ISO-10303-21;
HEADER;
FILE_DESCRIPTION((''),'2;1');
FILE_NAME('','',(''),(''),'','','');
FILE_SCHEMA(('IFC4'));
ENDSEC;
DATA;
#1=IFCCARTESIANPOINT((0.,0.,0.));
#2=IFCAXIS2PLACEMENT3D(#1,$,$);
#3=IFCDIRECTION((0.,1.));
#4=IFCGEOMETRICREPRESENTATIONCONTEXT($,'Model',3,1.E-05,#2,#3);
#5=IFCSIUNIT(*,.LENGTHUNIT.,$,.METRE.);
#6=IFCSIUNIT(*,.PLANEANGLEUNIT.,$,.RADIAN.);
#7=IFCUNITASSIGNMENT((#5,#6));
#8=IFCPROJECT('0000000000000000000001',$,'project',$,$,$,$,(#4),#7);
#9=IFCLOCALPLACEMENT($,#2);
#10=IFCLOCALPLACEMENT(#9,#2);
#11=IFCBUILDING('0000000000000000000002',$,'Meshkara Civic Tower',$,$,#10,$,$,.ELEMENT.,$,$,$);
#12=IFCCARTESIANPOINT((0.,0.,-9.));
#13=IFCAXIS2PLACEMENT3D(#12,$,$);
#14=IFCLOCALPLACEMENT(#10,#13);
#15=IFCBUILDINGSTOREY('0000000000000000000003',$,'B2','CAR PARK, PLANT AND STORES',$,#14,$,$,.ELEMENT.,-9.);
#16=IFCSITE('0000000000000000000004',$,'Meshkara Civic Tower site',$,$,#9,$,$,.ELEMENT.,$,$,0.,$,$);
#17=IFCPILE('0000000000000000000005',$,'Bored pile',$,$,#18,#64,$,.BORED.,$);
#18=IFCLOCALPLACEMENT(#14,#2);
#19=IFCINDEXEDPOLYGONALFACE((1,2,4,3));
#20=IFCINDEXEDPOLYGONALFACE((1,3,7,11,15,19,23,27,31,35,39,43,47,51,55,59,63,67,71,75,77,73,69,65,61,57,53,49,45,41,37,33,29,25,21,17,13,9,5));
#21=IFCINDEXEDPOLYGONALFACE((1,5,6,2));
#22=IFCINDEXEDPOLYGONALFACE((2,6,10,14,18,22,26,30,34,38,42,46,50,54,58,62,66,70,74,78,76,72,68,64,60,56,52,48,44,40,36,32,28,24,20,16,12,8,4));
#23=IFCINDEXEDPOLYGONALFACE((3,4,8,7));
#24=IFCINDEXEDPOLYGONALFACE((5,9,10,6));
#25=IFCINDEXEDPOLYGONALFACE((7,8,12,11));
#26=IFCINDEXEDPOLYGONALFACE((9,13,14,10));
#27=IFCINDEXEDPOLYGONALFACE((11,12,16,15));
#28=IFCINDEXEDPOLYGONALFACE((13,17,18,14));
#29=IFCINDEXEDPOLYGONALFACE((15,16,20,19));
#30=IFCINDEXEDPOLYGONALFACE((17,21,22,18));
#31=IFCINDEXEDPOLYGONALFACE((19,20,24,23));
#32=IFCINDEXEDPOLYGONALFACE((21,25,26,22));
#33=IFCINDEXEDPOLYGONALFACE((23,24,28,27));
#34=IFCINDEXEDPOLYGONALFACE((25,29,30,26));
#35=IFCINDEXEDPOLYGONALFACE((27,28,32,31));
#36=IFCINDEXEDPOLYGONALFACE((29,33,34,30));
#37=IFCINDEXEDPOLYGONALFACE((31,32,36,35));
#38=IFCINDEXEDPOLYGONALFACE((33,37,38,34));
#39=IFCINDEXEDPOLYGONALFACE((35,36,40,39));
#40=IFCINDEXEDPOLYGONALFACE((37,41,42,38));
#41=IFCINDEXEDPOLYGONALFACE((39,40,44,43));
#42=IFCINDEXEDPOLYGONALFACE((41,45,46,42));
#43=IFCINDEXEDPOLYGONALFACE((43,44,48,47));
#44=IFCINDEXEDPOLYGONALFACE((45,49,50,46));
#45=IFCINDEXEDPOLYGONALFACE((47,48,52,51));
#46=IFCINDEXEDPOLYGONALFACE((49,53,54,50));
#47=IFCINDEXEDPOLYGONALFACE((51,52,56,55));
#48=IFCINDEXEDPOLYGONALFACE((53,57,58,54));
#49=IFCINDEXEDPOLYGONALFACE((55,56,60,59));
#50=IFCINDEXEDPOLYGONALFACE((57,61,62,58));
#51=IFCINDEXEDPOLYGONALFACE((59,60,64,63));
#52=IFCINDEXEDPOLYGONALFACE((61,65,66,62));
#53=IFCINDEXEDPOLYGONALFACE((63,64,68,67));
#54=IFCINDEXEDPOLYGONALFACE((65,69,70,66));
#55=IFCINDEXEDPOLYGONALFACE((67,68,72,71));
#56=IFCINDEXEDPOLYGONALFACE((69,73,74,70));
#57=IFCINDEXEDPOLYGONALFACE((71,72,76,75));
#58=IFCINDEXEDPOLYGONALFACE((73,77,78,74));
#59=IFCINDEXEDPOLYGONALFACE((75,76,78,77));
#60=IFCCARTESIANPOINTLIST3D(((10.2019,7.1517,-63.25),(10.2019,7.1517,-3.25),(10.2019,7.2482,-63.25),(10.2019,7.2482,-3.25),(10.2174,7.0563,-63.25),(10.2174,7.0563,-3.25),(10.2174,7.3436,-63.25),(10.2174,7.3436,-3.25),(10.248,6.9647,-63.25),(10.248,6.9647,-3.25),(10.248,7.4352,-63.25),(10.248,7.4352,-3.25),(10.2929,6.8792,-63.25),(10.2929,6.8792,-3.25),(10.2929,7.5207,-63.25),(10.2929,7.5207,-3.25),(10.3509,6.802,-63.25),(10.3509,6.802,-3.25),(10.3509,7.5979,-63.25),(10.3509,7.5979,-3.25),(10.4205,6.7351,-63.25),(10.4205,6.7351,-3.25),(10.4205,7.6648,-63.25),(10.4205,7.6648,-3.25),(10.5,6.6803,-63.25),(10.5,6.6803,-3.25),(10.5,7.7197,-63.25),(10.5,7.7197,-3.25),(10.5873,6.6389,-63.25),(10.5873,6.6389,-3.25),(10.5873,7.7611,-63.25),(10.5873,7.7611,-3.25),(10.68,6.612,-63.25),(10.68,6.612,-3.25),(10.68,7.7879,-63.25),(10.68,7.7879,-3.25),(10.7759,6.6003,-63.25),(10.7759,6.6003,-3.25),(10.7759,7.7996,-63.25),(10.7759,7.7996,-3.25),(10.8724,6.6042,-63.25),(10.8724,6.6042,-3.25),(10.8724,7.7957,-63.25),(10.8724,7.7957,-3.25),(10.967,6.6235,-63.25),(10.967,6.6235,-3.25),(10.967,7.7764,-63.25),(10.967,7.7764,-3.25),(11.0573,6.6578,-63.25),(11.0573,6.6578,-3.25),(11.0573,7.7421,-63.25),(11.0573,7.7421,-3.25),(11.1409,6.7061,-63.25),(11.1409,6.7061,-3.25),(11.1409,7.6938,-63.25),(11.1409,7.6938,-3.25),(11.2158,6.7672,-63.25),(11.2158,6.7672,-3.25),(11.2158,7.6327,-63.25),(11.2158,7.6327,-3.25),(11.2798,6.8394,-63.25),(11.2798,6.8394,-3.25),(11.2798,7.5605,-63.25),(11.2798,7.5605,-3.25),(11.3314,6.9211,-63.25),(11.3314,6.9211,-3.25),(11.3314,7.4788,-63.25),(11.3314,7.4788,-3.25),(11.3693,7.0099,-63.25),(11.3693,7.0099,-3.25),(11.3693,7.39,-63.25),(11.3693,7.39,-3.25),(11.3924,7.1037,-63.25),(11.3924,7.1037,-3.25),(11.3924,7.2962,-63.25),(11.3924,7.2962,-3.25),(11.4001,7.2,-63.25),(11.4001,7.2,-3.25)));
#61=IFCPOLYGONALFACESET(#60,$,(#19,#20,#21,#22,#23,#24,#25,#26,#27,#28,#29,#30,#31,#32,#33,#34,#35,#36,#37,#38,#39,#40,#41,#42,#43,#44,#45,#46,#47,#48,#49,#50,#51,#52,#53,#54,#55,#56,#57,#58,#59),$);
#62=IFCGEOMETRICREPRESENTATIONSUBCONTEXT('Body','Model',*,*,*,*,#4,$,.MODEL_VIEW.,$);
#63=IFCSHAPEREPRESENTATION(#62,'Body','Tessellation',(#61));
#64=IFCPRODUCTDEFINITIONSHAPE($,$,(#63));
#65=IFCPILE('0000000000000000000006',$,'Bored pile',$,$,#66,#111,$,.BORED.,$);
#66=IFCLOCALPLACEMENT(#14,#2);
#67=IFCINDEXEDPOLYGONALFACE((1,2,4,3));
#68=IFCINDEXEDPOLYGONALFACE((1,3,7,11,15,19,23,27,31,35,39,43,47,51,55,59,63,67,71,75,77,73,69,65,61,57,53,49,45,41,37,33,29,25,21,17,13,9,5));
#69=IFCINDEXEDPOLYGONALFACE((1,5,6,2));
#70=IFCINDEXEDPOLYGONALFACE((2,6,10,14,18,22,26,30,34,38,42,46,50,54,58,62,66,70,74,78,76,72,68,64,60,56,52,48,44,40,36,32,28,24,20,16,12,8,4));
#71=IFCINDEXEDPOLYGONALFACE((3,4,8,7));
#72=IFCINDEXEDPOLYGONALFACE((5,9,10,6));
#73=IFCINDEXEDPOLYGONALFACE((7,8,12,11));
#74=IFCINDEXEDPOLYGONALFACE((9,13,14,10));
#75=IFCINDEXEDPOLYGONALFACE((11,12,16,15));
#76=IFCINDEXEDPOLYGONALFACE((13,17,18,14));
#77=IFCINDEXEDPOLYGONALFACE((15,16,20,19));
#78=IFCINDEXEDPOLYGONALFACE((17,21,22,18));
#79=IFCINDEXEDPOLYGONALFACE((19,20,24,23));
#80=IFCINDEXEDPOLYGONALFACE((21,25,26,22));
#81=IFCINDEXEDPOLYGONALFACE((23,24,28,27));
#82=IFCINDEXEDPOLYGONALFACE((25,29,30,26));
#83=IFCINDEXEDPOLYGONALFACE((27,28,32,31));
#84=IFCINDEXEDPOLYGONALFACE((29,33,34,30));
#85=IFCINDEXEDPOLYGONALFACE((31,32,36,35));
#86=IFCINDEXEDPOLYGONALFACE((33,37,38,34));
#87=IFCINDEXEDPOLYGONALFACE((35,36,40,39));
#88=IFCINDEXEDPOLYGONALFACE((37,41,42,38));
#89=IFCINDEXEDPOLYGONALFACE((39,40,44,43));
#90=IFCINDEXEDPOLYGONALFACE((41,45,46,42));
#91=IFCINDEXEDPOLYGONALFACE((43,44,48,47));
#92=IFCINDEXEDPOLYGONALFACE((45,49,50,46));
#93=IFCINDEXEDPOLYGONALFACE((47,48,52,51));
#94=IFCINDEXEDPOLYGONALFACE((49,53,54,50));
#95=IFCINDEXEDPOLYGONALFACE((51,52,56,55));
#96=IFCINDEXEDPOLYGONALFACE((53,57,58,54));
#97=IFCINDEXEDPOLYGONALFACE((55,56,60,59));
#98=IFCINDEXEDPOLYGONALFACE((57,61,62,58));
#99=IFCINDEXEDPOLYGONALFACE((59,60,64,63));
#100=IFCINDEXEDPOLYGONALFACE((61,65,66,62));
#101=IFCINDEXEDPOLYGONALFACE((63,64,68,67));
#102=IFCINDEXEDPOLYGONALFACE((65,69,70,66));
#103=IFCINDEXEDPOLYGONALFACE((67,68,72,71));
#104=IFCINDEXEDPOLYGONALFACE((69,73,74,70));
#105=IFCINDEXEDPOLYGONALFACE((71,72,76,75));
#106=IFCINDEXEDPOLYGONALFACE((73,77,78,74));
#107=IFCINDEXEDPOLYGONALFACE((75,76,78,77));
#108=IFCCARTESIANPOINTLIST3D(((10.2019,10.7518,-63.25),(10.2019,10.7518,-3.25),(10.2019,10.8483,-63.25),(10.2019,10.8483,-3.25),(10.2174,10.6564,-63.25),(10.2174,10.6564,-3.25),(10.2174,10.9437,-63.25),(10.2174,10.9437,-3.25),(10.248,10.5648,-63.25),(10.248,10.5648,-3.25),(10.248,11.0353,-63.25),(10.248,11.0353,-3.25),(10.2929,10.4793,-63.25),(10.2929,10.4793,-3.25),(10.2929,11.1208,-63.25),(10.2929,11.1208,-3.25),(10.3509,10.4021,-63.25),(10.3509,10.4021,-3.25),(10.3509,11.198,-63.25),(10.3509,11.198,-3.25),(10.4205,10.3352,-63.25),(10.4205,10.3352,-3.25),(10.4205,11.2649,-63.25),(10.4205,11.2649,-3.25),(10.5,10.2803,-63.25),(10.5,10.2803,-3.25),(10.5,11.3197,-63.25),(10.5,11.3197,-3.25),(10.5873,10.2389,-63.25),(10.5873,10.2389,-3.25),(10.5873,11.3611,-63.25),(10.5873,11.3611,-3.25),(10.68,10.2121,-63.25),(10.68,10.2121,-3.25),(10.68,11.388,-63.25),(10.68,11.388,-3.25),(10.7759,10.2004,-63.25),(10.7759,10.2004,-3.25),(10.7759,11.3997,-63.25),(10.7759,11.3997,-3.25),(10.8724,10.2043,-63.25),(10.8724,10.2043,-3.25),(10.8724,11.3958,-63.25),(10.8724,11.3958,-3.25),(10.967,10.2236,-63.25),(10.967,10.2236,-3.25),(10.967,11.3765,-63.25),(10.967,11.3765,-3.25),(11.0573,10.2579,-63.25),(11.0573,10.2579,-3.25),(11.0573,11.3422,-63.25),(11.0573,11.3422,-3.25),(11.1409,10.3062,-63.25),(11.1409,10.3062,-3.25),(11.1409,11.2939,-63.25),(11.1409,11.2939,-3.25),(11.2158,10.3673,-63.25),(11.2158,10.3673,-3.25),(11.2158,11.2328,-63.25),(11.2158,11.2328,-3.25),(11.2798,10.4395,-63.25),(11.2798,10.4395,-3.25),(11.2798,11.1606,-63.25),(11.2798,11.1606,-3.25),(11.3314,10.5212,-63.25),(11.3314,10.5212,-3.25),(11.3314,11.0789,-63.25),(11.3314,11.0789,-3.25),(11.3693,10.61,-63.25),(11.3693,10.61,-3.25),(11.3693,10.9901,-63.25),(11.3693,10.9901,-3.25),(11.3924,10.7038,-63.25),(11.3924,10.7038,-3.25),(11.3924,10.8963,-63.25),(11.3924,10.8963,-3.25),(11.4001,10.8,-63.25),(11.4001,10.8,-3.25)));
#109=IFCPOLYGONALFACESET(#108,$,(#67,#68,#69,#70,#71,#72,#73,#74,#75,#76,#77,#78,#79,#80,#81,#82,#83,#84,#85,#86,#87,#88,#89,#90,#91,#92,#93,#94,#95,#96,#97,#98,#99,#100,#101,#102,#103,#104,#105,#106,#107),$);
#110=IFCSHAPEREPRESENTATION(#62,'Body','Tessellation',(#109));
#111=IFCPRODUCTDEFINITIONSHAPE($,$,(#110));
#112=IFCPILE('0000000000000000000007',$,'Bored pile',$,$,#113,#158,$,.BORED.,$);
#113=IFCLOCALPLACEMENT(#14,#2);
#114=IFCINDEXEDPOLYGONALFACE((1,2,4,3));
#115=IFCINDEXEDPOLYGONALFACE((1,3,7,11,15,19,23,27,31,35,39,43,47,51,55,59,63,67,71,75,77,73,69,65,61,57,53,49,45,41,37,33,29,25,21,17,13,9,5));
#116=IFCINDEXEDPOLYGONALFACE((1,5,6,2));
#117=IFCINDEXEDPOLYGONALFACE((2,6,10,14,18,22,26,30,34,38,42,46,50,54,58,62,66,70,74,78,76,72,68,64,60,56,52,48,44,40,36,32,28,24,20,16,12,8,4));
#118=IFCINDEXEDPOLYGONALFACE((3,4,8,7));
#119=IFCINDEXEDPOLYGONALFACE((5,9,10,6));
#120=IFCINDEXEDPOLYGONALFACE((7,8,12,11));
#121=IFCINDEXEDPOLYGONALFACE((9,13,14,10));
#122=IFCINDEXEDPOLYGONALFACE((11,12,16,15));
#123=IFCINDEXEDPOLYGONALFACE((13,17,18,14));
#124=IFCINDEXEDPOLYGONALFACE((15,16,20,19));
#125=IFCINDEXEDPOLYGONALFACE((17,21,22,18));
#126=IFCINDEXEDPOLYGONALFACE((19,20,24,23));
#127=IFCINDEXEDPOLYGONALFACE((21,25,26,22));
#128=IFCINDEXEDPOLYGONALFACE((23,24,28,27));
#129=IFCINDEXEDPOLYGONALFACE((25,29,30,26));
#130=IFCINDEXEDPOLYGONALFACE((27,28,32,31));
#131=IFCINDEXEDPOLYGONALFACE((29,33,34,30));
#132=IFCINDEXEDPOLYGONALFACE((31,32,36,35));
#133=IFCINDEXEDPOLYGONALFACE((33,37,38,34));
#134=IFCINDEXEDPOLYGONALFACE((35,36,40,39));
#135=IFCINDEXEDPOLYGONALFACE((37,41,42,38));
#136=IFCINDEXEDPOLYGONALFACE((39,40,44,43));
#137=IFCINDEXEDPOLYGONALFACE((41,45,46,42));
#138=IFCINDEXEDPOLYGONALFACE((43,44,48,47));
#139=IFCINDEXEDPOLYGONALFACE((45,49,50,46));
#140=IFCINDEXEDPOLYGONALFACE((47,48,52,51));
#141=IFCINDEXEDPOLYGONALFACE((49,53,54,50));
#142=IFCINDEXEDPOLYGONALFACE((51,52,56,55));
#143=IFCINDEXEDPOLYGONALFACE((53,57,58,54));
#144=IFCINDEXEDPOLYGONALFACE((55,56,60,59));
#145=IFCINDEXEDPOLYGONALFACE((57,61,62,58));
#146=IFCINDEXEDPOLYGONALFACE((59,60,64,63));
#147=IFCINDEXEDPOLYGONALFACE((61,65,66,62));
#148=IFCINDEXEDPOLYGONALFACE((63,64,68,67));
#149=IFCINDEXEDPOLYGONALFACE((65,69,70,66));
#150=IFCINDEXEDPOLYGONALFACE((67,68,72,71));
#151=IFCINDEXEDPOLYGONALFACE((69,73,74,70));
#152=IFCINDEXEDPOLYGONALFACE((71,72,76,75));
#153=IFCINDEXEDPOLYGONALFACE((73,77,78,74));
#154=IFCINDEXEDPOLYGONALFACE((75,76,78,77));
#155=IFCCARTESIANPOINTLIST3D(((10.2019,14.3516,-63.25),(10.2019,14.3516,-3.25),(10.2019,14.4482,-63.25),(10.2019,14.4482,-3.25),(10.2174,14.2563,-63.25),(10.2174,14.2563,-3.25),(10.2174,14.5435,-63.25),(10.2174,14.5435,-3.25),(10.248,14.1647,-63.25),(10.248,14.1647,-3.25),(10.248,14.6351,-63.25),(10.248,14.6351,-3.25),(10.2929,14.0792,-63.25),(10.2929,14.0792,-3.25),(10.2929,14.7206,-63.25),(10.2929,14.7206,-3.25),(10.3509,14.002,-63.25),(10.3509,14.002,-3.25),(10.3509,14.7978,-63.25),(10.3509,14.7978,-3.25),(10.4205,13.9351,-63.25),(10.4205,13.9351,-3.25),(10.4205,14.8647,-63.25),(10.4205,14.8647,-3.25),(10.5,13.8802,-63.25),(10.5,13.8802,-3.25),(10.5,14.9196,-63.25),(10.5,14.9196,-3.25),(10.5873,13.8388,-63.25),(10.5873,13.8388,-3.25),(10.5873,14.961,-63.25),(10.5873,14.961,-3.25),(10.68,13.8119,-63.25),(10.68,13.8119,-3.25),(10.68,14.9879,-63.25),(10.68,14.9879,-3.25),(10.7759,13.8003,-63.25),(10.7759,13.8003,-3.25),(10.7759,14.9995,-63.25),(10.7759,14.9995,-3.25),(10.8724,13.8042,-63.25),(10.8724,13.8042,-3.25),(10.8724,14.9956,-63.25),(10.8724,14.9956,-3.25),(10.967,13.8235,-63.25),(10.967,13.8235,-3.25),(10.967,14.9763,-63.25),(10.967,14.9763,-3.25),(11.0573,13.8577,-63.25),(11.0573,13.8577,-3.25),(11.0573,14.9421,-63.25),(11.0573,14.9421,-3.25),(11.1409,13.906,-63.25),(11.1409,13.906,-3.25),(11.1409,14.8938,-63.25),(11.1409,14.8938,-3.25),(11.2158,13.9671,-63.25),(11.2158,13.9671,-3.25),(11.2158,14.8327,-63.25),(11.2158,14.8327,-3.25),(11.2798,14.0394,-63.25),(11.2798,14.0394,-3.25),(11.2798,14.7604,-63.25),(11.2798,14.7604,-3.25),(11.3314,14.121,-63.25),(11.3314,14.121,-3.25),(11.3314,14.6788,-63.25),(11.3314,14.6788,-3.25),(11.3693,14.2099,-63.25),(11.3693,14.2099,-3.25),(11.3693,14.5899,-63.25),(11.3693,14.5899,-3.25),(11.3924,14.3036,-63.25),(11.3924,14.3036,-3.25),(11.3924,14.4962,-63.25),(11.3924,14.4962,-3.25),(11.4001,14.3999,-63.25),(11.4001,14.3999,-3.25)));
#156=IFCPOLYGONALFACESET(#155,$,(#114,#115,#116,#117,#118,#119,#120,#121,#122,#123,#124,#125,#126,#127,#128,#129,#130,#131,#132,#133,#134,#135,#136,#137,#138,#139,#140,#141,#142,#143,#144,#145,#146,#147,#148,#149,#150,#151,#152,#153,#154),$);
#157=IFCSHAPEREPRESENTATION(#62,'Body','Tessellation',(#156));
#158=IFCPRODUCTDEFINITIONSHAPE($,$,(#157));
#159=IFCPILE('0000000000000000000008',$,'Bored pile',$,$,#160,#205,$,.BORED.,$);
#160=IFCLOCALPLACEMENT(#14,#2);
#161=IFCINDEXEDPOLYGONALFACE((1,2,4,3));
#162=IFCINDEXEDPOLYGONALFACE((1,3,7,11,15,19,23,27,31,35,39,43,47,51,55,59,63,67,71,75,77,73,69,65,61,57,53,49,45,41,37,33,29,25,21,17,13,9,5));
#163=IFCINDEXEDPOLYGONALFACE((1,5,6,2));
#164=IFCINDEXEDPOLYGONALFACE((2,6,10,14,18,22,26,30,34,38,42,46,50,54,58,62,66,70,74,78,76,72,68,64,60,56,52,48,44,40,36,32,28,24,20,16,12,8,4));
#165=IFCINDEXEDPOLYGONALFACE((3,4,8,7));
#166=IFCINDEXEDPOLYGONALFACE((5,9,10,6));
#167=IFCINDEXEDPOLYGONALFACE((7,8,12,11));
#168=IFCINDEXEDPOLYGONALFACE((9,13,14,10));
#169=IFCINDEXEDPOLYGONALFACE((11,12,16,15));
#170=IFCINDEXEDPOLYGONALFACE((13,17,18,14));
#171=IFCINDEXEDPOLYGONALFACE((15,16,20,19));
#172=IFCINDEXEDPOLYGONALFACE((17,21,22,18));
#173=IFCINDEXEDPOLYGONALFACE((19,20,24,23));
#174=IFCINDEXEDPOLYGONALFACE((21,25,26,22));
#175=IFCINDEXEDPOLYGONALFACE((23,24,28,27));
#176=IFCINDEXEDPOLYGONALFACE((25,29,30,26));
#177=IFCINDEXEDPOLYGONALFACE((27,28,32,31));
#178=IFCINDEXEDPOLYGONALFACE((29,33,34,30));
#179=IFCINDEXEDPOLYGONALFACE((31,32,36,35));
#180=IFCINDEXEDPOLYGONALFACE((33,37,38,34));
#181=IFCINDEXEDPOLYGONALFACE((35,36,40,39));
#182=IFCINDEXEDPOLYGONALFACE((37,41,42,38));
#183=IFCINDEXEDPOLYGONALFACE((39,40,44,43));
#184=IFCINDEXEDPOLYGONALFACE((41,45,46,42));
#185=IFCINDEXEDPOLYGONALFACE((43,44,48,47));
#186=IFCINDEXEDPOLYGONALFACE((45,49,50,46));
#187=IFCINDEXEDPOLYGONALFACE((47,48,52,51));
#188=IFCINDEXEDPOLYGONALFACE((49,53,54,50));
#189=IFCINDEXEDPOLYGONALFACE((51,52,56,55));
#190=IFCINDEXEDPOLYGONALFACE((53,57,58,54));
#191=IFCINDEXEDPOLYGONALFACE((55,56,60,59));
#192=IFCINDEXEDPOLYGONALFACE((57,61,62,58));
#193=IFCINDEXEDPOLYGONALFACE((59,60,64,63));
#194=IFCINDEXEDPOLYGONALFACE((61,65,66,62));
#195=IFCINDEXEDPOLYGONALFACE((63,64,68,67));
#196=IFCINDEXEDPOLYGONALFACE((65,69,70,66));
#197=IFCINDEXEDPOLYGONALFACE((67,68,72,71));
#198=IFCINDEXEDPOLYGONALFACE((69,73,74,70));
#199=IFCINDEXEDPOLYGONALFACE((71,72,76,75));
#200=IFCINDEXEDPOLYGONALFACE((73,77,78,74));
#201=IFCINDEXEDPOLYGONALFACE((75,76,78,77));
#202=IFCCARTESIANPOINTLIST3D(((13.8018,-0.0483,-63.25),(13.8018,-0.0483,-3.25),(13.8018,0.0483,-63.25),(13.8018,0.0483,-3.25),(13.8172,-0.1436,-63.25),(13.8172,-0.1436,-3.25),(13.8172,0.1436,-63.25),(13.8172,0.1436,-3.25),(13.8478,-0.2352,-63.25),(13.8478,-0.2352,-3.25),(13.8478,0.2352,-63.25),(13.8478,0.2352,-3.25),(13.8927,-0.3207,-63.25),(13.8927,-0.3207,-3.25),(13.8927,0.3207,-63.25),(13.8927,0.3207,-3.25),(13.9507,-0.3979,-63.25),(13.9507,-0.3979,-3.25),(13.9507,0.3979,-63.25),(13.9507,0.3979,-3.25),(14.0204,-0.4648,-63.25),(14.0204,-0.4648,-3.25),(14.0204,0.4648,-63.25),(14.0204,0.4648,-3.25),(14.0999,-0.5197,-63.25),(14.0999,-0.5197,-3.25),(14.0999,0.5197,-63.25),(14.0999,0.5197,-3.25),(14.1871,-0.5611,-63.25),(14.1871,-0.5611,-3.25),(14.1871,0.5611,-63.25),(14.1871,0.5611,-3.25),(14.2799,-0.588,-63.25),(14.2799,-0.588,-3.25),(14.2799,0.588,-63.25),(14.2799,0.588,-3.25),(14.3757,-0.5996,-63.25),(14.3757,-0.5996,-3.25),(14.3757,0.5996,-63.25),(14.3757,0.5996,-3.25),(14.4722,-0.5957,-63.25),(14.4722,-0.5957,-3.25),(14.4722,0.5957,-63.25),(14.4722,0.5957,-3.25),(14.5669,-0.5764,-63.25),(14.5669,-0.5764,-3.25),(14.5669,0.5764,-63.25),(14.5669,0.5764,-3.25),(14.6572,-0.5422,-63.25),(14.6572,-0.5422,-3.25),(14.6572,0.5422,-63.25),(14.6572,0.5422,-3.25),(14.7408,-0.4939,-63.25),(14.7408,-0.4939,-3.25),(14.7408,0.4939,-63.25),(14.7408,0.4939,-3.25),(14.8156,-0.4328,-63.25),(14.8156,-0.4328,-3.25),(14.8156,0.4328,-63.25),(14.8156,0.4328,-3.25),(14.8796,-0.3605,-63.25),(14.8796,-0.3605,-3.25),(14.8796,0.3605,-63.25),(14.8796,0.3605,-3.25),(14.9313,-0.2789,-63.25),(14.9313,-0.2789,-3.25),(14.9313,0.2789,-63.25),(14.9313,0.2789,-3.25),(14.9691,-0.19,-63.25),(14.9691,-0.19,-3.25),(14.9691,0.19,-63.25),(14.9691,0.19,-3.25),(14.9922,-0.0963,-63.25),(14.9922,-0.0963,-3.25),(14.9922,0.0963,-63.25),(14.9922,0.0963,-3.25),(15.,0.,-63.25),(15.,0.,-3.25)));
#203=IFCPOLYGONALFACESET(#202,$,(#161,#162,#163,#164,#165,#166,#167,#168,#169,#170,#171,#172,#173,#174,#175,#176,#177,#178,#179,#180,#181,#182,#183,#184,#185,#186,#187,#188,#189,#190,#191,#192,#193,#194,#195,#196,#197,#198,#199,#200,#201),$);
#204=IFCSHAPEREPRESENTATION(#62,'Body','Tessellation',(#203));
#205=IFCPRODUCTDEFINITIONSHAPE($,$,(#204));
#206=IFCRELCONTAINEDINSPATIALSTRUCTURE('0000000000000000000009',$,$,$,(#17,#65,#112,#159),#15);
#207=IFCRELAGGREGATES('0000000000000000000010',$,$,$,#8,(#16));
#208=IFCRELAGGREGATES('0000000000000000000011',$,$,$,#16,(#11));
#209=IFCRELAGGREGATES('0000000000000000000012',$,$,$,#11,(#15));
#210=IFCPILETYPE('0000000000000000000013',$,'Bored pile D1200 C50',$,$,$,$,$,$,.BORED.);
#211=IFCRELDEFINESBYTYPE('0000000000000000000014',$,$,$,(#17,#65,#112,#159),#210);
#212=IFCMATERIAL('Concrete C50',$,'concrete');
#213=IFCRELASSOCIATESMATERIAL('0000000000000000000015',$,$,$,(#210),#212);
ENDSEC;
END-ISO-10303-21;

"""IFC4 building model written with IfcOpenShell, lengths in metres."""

from ifc_helpers import new_model, si_unit, direction, frame, origin, origin_2d, place, context, subcontext, project, spatial, circle, extrude, material, material_profile, profile_set, type_object, element, save


model = new_model("IFC4")

# Units and contexts
model_context = context("Model", 3, precision=1e-05, world=origin(), true_north=direction((0.0, 1.0)))
body_context = subcontext(model_context, "Body", "Model", "MODEL_VIEW")
ifc_project = project(units=[si_unit("LENGTHUNIT", "METRE"), si_unit("PLANEANGLEUNIT", "RADIAN")], contexts=[model_context])

# Site, building, storey
site_placement = place(None, origin())
site = spatial("IfcSite", under=ifc_project, at=site_placement, Name="Meshkara Civic Tower site", CompositionType="ELEMENT", RefElevation=0.0)
building_placement = place(site_placement, origin())
building = spatial("IfcBuilding", under=site, at=building_placement, Name="Meshkara Civic Tower", CompositionType="ELEMENT")
storey_placement = place(building_placement, frame((0.0, 0.0, -9.0)))
storey = spatial("IfcBuildingStorey", under=building, at=storey_placement, Name="B2", Description="CAR PARK, PLANT AND STORES", CompositionType="ELEMENT", Elevation=-9.0)

# Piles
ifc_material_1 = material(Name="Concrete C50", Category="concrete")
ifc_material_profile_1 = material_profile(ifc_material_1, circle(Radius=0.6001, at=origin_2d()))
ifc_profile_set_1 = profile_set([ifc_material_profile_1], Name="Concrete C50")
pile_type = type_object("IfcPileType", Name="Bored pile D1200 C50", PredefinedType="BORED", material=ifc_profile_set_1)
for number, where, z_axis, x_axis, name in (
    (1, (10.8, 7.2, -3.25), (0.0, 0.0, -1.0), (1.0, 0.0, 0.0), "Bored pile"),
    (2, (10.8, 10.8, -3.25), (0.0, 0.0, -1.0), (1.0, 0.0, 0.0), "Bored pile"),
    (3, (10.8, 14.3999, -3.25), (0.0, 0.0, -1.0), (1.0, 0.0, 0.0), "Bored pile"),
    (4, (14.3999, 0.0, -3.25), (0.0, 0.0, -1.0), (1.0, 0.0, 0.0), "Bored pile"),
):
    element("IfcPile", number, at=place(storey_placement, frame(where, z_axis=z_axis, x_axis=x_axis)), inside=storey, type_object=pile_type, Name=name, PredefinedType="BORED", context=body_context, shape_type="SweptSolid", body=[
        extrude(circle(Radius=0.6001, at=origin_2d()), origin(), (0.0, 0.0, 1.0), 60.0),
    ])

save(model, "model.ifc")
